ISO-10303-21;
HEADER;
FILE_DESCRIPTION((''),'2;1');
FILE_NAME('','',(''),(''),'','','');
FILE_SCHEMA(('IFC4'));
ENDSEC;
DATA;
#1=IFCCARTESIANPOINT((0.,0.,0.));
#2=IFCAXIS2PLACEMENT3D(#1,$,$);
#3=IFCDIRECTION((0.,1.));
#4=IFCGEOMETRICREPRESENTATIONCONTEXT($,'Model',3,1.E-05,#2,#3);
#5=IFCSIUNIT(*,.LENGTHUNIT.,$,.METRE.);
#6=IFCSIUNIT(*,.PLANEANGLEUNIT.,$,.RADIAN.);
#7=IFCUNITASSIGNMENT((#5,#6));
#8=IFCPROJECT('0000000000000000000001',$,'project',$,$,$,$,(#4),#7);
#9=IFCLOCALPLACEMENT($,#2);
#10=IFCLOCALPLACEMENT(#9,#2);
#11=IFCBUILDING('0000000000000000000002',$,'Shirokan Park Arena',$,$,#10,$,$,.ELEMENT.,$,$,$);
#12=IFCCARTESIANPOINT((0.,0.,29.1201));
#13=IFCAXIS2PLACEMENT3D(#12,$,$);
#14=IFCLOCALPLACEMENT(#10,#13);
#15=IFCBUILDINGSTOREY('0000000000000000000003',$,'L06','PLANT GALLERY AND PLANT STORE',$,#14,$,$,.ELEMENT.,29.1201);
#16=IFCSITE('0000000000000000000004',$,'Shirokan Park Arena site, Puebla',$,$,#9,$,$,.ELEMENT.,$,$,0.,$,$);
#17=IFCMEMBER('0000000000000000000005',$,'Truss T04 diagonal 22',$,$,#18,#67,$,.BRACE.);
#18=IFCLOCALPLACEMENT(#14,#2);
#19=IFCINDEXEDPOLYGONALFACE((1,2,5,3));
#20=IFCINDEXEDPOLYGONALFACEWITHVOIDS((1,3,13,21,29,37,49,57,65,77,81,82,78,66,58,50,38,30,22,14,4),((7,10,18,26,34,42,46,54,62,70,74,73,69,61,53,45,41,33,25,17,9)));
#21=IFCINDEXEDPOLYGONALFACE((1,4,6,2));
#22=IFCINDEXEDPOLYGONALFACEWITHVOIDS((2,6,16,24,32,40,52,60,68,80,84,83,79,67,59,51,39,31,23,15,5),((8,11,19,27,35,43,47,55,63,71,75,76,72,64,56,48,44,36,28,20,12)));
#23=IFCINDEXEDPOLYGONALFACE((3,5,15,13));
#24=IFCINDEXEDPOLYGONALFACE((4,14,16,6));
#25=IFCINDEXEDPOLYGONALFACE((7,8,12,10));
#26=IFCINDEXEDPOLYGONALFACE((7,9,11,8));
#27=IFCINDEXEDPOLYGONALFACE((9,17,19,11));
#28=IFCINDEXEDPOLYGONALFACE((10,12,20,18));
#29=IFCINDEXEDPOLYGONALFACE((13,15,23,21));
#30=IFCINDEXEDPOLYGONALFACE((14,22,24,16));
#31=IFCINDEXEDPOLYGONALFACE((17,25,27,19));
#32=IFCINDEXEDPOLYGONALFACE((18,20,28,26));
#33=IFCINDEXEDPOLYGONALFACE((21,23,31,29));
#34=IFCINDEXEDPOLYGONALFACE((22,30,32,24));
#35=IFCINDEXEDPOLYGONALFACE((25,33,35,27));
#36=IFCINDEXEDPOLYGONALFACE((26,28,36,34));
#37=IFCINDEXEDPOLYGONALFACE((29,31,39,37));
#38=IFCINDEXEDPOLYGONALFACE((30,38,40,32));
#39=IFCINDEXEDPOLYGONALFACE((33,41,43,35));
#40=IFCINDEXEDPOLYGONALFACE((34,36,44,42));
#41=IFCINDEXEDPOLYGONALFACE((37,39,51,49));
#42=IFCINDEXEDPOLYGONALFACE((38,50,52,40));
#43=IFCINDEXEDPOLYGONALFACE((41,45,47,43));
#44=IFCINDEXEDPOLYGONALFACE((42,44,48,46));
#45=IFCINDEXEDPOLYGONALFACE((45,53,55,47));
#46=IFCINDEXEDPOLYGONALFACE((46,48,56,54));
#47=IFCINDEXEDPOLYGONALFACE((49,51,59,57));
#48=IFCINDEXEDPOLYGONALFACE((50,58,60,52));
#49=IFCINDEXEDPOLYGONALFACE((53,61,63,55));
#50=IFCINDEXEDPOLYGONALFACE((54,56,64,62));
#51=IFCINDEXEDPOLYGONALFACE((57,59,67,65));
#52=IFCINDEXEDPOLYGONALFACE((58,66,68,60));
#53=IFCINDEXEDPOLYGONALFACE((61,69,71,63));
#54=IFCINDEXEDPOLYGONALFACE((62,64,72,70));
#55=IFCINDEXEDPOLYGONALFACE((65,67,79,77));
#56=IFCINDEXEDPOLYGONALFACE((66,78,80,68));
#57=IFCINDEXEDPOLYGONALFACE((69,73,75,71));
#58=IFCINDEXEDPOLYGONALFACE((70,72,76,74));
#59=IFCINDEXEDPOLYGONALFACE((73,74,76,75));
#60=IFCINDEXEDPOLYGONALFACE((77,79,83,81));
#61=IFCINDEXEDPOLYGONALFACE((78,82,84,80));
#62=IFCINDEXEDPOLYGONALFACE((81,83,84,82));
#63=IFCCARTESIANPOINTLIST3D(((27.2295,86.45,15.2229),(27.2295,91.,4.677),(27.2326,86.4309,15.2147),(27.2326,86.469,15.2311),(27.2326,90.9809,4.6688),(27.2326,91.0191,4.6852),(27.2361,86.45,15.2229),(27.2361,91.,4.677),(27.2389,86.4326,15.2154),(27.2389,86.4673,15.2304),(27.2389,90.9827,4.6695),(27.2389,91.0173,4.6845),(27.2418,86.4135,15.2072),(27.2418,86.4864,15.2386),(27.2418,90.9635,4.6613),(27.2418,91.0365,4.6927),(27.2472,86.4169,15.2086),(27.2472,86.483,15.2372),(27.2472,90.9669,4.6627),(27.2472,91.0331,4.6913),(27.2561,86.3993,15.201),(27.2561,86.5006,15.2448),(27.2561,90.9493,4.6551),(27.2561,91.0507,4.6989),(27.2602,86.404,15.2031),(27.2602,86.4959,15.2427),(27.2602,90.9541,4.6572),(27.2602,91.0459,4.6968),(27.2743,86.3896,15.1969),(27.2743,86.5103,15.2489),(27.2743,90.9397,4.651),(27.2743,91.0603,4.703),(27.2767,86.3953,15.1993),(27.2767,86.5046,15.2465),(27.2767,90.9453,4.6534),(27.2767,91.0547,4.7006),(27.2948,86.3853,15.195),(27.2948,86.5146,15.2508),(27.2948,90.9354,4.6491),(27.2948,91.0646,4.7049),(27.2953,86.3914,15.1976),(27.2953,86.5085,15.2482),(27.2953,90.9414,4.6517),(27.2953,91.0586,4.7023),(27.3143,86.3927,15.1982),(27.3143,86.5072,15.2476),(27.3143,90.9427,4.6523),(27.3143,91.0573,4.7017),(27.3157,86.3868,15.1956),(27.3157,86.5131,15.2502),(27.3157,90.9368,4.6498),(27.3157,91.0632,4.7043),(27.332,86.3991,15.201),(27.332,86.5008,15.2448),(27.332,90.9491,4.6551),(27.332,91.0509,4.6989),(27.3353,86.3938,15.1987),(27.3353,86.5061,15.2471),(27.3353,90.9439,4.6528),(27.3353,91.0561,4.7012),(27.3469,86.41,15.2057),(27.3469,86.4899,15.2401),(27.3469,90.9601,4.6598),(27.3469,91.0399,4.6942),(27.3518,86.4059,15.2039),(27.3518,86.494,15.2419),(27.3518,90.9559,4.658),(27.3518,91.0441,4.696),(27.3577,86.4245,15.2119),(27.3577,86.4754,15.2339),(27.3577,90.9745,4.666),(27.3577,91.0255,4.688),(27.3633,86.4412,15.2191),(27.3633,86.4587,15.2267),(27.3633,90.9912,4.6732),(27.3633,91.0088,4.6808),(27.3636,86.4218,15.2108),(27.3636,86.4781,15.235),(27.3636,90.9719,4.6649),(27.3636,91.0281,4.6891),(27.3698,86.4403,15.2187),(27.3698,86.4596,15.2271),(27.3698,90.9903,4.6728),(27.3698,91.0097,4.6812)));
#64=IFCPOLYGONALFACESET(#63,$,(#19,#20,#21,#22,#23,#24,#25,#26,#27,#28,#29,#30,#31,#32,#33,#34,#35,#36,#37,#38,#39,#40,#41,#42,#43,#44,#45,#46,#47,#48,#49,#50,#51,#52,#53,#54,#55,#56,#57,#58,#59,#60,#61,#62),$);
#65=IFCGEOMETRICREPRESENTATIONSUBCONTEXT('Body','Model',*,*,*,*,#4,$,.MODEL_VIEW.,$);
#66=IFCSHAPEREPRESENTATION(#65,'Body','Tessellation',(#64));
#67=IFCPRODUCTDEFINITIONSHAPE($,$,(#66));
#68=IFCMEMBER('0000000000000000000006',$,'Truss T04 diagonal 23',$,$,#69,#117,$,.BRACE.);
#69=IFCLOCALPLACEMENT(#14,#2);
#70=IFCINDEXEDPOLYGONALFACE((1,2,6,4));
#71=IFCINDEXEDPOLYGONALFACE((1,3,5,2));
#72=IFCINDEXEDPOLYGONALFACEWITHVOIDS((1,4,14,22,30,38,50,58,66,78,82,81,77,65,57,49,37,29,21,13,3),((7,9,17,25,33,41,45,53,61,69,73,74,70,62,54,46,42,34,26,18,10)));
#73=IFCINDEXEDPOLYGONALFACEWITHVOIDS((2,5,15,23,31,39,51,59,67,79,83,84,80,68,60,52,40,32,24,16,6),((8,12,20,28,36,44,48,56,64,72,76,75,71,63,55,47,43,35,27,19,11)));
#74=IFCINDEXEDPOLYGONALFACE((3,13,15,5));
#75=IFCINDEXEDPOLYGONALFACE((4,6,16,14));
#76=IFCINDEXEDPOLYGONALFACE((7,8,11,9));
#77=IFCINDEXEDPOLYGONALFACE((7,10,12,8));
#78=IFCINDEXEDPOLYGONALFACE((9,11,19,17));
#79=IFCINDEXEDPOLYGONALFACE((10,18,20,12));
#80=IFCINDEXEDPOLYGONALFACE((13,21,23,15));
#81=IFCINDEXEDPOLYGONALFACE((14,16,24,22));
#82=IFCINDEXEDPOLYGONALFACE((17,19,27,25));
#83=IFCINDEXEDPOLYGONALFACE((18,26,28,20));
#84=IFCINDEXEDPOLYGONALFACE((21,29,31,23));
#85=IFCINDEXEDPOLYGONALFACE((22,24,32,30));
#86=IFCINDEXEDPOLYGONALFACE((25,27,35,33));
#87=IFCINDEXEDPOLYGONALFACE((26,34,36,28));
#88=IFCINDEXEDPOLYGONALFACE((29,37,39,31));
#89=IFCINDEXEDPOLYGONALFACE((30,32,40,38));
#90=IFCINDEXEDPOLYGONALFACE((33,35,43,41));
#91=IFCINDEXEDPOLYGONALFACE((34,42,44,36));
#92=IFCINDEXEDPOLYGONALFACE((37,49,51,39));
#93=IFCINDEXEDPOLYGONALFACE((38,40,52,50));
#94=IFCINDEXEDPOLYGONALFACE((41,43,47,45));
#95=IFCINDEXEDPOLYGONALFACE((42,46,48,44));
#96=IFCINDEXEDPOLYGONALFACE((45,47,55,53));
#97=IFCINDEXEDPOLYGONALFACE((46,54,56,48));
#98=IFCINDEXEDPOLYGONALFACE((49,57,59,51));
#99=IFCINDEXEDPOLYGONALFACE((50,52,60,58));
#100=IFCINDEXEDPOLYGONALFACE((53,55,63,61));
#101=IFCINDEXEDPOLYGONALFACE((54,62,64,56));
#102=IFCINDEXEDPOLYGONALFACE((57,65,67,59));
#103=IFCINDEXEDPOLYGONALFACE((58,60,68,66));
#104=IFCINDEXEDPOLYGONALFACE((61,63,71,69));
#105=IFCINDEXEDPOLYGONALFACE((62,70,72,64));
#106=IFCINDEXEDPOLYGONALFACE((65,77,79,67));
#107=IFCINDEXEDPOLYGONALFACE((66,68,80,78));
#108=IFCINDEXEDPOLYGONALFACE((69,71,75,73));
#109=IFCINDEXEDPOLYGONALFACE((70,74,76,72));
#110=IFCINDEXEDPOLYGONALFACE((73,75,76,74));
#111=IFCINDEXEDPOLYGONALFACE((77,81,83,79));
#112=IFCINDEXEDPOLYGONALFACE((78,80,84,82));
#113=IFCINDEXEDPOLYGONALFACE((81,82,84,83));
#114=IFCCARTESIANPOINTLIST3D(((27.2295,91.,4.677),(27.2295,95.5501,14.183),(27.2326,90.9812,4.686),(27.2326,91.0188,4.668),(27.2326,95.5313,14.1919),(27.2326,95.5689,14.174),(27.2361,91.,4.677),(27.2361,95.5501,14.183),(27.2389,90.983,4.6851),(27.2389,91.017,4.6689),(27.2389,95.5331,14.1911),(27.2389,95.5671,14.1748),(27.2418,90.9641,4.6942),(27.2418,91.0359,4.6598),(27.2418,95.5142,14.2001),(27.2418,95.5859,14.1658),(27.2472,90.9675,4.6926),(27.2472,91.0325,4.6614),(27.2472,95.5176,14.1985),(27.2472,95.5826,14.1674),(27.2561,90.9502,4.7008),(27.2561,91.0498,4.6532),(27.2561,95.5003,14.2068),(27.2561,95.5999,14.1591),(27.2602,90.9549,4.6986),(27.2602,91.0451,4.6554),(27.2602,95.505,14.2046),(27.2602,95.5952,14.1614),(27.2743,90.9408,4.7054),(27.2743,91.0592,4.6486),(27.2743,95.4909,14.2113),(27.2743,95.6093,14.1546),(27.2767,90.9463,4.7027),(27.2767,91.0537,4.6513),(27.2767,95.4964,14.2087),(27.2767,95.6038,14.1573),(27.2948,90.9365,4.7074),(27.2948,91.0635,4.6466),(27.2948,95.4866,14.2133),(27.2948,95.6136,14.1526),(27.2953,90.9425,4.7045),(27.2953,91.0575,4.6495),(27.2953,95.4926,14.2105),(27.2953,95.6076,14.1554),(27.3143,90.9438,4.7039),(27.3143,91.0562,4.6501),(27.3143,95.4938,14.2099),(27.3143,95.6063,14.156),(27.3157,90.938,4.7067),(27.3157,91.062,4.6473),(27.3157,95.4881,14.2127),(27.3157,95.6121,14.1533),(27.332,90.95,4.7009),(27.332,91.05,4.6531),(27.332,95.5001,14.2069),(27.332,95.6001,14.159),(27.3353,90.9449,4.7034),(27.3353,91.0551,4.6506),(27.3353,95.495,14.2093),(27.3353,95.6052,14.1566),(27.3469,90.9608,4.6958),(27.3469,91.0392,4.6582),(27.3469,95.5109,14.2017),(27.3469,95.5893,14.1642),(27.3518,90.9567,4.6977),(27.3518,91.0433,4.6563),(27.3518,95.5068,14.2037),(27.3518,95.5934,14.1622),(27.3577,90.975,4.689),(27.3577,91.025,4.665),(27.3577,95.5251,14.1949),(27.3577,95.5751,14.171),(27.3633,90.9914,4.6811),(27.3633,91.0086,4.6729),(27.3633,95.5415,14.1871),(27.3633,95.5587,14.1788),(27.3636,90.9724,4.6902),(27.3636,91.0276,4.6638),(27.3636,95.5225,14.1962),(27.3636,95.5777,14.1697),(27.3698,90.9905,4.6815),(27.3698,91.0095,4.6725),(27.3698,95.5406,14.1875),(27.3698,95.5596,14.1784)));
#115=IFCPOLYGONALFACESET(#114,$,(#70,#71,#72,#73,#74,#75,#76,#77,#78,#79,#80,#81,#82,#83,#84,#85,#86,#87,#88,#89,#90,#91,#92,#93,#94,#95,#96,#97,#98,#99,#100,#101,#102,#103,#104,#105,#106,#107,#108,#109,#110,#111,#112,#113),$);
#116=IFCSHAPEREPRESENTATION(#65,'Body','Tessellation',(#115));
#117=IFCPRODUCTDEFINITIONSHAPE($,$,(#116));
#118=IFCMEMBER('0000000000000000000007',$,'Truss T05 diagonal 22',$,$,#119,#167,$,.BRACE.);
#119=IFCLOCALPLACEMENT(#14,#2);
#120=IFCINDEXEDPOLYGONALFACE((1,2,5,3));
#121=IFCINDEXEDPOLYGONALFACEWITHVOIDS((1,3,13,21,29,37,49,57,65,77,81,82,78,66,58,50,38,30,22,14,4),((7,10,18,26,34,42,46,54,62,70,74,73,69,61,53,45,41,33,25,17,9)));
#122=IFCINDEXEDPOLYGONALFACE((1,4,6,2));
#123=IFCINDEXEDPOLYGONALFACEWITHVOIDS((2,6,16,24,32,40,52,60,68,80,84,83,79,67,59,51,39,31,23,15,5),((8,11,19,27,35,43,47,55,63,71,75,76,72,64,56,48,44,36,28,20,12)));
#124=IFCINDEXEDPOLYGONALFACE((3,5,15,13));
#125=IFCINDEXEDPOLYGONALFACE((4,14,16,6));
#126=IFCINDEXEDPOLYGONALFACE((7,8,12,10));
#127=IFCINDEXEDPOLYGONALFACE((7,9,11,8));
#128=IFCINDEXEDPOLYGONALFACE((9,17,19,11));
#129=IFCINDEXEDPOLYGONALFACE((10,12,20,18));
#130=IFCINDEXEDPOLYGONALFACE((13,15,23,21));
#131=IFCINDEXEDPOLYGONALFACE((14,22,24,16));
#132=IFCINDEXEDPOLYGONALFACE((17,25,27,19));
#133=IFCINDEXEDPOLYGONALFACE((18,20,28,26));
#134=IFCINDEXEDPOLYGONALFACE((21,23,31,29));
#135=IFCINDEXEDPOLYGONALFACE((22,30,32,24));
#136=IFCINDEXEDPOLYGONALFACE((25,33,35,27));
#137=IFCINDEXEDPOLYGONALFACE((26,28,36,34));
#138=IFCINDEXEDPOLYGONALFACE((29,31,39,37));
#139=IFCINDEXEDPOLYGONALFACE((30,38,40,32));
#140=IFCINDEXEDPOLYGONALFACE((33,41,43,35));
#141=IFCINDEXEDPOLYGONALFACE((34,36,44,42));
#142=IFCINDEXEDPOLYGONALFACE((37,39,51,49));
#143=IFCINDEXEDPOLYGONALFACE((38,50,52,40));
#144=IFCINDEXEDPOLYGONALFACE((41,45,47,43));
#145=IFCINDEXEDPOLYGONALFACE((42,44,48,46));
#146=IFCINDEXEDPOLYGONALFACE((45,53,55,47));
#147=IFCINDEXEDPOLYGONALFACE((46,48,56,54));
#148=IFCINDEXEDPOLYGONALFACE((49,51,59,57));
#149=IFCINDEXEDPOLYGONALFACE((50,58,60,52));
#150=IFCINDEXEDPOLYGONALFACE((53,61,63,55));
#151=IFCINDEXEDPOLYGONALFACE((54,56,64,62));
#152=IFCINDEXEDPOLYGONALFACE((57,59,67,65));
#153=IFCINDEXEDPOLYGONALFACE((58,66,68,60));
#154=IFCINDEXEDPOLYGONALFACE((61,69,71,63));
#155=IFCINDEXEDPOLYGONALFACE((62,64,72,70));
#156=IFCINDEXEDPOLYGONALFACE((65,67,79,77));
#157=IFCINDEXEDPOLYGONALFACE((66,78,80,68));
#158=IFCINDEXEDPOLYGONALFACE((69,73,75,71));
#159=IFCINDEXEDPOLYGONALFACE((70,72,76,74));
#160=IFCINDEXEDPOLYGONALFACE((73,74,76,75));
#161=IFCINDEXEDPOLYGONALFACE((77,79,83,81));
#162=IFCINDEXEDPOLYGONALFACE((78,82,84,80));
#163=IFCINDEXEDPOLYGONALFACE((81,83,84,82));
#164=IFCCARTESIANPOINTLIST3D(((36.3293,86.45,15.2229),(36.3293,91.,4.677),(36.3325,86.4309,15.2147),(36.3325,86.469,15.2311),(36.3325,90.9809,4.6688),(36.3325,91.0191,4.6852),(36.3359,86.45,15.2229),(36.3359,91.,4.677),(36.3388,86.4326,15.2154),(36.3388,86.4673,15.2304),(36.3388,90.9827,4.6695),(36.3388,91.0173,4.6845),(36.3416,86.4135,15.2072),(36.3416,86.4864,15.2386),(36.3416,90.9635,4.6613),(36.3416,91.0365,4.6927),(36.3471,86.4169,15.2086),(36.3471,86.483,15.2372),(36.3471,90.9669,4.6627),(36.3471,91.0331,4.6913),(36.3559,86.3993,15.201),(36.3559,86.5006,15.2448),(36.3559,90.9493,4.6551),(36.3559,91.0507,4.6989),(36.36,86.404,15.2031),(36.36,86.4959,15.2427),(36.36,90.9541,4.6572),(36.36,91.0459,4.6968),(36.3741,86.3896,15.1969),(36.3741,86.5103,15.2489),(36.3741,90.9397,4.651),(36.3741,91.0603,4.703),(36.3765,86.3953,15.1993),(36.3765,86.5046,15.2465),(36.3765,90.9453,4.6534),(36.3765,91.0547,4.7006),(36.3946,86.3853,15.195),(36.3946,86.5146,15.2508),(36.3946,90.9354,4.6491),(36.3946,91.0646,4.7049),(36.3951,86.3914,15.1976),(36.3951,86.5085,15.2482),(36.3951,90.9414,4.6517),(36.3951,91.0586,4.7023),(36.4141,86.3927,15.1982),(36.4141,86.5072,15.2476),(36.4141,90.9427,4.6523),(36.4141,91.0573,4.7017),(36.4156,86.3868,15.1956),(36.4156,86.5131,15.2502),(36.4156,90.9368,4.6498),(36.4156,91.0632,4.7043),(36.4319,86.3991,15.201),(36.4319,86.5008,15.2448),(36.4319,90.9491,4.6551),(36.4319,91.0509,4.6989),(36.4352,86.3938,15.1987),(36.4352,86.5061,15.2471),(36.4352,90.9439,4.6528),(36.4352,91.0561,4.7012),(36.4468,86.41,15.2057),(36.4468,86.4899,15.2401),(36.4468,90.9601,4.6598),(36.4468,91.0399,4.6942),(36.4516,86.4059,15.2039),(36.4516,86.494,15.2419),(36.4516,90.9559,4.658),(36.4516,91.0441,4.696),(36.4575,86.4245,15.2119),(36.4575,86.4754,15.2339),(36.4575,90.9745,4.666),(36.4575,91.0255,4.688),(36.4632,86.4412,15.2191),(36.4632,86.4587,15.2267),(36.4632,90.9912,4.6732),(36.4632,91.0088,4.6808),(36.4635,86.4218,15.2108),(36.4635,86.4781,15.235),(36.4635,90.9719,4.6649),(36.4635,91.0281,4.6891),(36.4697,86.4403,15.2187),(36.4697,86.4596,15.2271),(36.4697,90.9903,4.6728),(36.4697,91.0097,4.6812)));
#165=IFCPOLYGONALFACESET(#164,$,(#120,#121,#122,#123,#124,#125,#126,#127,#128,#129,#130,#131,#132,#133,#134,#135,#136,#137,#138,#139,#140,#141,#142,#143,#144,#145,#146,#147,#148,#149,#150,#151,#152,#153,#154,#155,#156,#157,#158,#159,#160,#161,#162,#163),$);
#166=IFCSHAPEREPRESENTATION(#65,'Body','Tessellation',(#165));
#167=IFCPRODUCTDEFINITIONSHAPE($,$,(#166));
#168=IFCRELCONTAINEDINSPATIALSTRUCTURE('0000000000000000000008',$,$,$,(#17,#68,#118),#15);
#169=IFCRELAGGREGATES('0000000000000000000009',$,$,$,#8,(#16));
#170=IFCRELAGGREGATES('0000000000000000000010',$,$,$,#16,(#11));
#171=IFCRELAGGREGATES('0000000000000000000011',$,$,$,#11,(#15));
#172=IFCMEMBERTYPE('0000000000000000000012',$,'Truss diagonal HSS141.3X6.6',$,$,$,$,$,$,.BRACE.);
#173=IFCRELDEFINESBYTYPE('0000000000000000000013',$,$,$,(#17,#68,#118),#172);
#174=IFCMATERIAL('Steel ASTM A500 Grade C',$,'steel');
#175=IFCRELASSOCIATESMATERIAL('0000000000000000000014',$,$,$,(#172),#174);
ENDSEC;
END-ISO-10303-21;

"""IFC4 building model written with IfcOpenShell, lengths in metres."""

from ifc_helpers import new_model, si_unit, direction, frame, origin, origin_2d, place, context, subcontext, project, spatial, hollow_circle, extrude, material, material_profile, profile_set, type_object, element, save


model = new_model("IFC4")

# Units and contexts
model_context = context("Model", 3, precision=1e-05, world=origin(), true_north=direction((0.0, 1.0)))
body_context = subcontext(model_context, "Body", "Model", "MODEL_VIEW")
ifc_project = project(units=[si_unit("LENGTHUNIT", "METRE"), si_unit("PLANEANGLEUNIT", "RADIAN")], contexts=[model_context])

# Site, building, storey
site_placement = place(None, origin())
site = spatial("IfcSite", under=ifc_project, at=site_placement, Name="Shirokan Park Arena site, Puebla", CompositionType="ELEMENT", RefElevation=0.0)
building_placement = place(site_placement, origin())
building = spatial("IfcBuilding", under=site, at=building_placement, Name="Shirokan Park Arena", CompositionType="ELEMENT")
storey_placement = place(building_placement, frame((0.0, 0.0, 29.1201)))
storey = spatial("IfcBuildingStorey", under=building, at=storey_placement, Name="L06", Description="PLANT GALLERY AND PLANT STORE", CompositionType="ELEMENT", Elevation=29.1201)

# Members
ifc_material_1 = material(Name="Steel ASTM A500 Grade C", Category="steel")
ifc_material_profile_1 = material_profile(ifc_material_1, hollow_circle(Radius=0.0706, WallThickness=0.0066, at=origin_2d()), Name="HSS141.3X6.6")
ifc_profile_set_1 = profile_set([ifc_material_profile_1], Name="Steel ASTM A500 Grade C")
member_type_1 = type_object("IfcMemberType", Name="Truss diagonal HSS141.3X6.6", PredefinedType="BRACE", material=ifc_profile_set_1)
member_1_placement = place(storey_placement, frame((27.3, 86.45, 15.2229), z_axis=(0.0, 0.396153, -0.918185), x_axis=(-1.0, 0.0, 0.0)))
element("IfcMember", 1, at=member_1_placement, inside=storey, type_object=member_type_1, Name="Truss T04 diagonal 22", PredefinedType="BRACE", context=body_context, shape_type="SweptSolid", body=[
    extrude(hollow_circle(Radius=0.0706, WallThickness=0.0066, at=origin_2d()), origin(), (0.0, 0.0, 1.0), 11.4856),
])
member_2_placement = place(storey_placement, frame((27.3, 91.0, 4.677), z_axis=(0.0, 0.431746, 0.901995), x_axis=(-1.0, 0.0, 0.0)))
element("IfcMember", 2, at=member_2_placement, inside=storey, type_object=member_type_1, Name="Truss T04 diagonal 23", PredefinedType="BRACE", context=body_context, shape_type="SweptSolid", body=[
    extrude(hollow_circle(Radius=0.0706, WallThickness=0.0066, at=origin_2d()), origin(), (0.0, 0.0, 1.0), 10.5388),
])
member_3_placement = place(storey_placement, frame((36.3999, 86.45, 15.2229), z_axis=(0.0, 0.396153, -0.918185), x_axis=(-1.0, 0.0, 0.0)))
element("IfcMember", 3, at=member_3_placement, inside=storey, type_object=member_type_1, Name="Truss T05 diagonal 22", PredefinedType="BRACE", context=body_context, shape_type="SweptSolid", body=[
    extrude(hollow_circle(Radius=0.0706, WallThickness=0.0066, at=origin_2d()), origin(), (0.0, 0.0, 1.0), 11.4856),
])

save(model, "model.ifc")
